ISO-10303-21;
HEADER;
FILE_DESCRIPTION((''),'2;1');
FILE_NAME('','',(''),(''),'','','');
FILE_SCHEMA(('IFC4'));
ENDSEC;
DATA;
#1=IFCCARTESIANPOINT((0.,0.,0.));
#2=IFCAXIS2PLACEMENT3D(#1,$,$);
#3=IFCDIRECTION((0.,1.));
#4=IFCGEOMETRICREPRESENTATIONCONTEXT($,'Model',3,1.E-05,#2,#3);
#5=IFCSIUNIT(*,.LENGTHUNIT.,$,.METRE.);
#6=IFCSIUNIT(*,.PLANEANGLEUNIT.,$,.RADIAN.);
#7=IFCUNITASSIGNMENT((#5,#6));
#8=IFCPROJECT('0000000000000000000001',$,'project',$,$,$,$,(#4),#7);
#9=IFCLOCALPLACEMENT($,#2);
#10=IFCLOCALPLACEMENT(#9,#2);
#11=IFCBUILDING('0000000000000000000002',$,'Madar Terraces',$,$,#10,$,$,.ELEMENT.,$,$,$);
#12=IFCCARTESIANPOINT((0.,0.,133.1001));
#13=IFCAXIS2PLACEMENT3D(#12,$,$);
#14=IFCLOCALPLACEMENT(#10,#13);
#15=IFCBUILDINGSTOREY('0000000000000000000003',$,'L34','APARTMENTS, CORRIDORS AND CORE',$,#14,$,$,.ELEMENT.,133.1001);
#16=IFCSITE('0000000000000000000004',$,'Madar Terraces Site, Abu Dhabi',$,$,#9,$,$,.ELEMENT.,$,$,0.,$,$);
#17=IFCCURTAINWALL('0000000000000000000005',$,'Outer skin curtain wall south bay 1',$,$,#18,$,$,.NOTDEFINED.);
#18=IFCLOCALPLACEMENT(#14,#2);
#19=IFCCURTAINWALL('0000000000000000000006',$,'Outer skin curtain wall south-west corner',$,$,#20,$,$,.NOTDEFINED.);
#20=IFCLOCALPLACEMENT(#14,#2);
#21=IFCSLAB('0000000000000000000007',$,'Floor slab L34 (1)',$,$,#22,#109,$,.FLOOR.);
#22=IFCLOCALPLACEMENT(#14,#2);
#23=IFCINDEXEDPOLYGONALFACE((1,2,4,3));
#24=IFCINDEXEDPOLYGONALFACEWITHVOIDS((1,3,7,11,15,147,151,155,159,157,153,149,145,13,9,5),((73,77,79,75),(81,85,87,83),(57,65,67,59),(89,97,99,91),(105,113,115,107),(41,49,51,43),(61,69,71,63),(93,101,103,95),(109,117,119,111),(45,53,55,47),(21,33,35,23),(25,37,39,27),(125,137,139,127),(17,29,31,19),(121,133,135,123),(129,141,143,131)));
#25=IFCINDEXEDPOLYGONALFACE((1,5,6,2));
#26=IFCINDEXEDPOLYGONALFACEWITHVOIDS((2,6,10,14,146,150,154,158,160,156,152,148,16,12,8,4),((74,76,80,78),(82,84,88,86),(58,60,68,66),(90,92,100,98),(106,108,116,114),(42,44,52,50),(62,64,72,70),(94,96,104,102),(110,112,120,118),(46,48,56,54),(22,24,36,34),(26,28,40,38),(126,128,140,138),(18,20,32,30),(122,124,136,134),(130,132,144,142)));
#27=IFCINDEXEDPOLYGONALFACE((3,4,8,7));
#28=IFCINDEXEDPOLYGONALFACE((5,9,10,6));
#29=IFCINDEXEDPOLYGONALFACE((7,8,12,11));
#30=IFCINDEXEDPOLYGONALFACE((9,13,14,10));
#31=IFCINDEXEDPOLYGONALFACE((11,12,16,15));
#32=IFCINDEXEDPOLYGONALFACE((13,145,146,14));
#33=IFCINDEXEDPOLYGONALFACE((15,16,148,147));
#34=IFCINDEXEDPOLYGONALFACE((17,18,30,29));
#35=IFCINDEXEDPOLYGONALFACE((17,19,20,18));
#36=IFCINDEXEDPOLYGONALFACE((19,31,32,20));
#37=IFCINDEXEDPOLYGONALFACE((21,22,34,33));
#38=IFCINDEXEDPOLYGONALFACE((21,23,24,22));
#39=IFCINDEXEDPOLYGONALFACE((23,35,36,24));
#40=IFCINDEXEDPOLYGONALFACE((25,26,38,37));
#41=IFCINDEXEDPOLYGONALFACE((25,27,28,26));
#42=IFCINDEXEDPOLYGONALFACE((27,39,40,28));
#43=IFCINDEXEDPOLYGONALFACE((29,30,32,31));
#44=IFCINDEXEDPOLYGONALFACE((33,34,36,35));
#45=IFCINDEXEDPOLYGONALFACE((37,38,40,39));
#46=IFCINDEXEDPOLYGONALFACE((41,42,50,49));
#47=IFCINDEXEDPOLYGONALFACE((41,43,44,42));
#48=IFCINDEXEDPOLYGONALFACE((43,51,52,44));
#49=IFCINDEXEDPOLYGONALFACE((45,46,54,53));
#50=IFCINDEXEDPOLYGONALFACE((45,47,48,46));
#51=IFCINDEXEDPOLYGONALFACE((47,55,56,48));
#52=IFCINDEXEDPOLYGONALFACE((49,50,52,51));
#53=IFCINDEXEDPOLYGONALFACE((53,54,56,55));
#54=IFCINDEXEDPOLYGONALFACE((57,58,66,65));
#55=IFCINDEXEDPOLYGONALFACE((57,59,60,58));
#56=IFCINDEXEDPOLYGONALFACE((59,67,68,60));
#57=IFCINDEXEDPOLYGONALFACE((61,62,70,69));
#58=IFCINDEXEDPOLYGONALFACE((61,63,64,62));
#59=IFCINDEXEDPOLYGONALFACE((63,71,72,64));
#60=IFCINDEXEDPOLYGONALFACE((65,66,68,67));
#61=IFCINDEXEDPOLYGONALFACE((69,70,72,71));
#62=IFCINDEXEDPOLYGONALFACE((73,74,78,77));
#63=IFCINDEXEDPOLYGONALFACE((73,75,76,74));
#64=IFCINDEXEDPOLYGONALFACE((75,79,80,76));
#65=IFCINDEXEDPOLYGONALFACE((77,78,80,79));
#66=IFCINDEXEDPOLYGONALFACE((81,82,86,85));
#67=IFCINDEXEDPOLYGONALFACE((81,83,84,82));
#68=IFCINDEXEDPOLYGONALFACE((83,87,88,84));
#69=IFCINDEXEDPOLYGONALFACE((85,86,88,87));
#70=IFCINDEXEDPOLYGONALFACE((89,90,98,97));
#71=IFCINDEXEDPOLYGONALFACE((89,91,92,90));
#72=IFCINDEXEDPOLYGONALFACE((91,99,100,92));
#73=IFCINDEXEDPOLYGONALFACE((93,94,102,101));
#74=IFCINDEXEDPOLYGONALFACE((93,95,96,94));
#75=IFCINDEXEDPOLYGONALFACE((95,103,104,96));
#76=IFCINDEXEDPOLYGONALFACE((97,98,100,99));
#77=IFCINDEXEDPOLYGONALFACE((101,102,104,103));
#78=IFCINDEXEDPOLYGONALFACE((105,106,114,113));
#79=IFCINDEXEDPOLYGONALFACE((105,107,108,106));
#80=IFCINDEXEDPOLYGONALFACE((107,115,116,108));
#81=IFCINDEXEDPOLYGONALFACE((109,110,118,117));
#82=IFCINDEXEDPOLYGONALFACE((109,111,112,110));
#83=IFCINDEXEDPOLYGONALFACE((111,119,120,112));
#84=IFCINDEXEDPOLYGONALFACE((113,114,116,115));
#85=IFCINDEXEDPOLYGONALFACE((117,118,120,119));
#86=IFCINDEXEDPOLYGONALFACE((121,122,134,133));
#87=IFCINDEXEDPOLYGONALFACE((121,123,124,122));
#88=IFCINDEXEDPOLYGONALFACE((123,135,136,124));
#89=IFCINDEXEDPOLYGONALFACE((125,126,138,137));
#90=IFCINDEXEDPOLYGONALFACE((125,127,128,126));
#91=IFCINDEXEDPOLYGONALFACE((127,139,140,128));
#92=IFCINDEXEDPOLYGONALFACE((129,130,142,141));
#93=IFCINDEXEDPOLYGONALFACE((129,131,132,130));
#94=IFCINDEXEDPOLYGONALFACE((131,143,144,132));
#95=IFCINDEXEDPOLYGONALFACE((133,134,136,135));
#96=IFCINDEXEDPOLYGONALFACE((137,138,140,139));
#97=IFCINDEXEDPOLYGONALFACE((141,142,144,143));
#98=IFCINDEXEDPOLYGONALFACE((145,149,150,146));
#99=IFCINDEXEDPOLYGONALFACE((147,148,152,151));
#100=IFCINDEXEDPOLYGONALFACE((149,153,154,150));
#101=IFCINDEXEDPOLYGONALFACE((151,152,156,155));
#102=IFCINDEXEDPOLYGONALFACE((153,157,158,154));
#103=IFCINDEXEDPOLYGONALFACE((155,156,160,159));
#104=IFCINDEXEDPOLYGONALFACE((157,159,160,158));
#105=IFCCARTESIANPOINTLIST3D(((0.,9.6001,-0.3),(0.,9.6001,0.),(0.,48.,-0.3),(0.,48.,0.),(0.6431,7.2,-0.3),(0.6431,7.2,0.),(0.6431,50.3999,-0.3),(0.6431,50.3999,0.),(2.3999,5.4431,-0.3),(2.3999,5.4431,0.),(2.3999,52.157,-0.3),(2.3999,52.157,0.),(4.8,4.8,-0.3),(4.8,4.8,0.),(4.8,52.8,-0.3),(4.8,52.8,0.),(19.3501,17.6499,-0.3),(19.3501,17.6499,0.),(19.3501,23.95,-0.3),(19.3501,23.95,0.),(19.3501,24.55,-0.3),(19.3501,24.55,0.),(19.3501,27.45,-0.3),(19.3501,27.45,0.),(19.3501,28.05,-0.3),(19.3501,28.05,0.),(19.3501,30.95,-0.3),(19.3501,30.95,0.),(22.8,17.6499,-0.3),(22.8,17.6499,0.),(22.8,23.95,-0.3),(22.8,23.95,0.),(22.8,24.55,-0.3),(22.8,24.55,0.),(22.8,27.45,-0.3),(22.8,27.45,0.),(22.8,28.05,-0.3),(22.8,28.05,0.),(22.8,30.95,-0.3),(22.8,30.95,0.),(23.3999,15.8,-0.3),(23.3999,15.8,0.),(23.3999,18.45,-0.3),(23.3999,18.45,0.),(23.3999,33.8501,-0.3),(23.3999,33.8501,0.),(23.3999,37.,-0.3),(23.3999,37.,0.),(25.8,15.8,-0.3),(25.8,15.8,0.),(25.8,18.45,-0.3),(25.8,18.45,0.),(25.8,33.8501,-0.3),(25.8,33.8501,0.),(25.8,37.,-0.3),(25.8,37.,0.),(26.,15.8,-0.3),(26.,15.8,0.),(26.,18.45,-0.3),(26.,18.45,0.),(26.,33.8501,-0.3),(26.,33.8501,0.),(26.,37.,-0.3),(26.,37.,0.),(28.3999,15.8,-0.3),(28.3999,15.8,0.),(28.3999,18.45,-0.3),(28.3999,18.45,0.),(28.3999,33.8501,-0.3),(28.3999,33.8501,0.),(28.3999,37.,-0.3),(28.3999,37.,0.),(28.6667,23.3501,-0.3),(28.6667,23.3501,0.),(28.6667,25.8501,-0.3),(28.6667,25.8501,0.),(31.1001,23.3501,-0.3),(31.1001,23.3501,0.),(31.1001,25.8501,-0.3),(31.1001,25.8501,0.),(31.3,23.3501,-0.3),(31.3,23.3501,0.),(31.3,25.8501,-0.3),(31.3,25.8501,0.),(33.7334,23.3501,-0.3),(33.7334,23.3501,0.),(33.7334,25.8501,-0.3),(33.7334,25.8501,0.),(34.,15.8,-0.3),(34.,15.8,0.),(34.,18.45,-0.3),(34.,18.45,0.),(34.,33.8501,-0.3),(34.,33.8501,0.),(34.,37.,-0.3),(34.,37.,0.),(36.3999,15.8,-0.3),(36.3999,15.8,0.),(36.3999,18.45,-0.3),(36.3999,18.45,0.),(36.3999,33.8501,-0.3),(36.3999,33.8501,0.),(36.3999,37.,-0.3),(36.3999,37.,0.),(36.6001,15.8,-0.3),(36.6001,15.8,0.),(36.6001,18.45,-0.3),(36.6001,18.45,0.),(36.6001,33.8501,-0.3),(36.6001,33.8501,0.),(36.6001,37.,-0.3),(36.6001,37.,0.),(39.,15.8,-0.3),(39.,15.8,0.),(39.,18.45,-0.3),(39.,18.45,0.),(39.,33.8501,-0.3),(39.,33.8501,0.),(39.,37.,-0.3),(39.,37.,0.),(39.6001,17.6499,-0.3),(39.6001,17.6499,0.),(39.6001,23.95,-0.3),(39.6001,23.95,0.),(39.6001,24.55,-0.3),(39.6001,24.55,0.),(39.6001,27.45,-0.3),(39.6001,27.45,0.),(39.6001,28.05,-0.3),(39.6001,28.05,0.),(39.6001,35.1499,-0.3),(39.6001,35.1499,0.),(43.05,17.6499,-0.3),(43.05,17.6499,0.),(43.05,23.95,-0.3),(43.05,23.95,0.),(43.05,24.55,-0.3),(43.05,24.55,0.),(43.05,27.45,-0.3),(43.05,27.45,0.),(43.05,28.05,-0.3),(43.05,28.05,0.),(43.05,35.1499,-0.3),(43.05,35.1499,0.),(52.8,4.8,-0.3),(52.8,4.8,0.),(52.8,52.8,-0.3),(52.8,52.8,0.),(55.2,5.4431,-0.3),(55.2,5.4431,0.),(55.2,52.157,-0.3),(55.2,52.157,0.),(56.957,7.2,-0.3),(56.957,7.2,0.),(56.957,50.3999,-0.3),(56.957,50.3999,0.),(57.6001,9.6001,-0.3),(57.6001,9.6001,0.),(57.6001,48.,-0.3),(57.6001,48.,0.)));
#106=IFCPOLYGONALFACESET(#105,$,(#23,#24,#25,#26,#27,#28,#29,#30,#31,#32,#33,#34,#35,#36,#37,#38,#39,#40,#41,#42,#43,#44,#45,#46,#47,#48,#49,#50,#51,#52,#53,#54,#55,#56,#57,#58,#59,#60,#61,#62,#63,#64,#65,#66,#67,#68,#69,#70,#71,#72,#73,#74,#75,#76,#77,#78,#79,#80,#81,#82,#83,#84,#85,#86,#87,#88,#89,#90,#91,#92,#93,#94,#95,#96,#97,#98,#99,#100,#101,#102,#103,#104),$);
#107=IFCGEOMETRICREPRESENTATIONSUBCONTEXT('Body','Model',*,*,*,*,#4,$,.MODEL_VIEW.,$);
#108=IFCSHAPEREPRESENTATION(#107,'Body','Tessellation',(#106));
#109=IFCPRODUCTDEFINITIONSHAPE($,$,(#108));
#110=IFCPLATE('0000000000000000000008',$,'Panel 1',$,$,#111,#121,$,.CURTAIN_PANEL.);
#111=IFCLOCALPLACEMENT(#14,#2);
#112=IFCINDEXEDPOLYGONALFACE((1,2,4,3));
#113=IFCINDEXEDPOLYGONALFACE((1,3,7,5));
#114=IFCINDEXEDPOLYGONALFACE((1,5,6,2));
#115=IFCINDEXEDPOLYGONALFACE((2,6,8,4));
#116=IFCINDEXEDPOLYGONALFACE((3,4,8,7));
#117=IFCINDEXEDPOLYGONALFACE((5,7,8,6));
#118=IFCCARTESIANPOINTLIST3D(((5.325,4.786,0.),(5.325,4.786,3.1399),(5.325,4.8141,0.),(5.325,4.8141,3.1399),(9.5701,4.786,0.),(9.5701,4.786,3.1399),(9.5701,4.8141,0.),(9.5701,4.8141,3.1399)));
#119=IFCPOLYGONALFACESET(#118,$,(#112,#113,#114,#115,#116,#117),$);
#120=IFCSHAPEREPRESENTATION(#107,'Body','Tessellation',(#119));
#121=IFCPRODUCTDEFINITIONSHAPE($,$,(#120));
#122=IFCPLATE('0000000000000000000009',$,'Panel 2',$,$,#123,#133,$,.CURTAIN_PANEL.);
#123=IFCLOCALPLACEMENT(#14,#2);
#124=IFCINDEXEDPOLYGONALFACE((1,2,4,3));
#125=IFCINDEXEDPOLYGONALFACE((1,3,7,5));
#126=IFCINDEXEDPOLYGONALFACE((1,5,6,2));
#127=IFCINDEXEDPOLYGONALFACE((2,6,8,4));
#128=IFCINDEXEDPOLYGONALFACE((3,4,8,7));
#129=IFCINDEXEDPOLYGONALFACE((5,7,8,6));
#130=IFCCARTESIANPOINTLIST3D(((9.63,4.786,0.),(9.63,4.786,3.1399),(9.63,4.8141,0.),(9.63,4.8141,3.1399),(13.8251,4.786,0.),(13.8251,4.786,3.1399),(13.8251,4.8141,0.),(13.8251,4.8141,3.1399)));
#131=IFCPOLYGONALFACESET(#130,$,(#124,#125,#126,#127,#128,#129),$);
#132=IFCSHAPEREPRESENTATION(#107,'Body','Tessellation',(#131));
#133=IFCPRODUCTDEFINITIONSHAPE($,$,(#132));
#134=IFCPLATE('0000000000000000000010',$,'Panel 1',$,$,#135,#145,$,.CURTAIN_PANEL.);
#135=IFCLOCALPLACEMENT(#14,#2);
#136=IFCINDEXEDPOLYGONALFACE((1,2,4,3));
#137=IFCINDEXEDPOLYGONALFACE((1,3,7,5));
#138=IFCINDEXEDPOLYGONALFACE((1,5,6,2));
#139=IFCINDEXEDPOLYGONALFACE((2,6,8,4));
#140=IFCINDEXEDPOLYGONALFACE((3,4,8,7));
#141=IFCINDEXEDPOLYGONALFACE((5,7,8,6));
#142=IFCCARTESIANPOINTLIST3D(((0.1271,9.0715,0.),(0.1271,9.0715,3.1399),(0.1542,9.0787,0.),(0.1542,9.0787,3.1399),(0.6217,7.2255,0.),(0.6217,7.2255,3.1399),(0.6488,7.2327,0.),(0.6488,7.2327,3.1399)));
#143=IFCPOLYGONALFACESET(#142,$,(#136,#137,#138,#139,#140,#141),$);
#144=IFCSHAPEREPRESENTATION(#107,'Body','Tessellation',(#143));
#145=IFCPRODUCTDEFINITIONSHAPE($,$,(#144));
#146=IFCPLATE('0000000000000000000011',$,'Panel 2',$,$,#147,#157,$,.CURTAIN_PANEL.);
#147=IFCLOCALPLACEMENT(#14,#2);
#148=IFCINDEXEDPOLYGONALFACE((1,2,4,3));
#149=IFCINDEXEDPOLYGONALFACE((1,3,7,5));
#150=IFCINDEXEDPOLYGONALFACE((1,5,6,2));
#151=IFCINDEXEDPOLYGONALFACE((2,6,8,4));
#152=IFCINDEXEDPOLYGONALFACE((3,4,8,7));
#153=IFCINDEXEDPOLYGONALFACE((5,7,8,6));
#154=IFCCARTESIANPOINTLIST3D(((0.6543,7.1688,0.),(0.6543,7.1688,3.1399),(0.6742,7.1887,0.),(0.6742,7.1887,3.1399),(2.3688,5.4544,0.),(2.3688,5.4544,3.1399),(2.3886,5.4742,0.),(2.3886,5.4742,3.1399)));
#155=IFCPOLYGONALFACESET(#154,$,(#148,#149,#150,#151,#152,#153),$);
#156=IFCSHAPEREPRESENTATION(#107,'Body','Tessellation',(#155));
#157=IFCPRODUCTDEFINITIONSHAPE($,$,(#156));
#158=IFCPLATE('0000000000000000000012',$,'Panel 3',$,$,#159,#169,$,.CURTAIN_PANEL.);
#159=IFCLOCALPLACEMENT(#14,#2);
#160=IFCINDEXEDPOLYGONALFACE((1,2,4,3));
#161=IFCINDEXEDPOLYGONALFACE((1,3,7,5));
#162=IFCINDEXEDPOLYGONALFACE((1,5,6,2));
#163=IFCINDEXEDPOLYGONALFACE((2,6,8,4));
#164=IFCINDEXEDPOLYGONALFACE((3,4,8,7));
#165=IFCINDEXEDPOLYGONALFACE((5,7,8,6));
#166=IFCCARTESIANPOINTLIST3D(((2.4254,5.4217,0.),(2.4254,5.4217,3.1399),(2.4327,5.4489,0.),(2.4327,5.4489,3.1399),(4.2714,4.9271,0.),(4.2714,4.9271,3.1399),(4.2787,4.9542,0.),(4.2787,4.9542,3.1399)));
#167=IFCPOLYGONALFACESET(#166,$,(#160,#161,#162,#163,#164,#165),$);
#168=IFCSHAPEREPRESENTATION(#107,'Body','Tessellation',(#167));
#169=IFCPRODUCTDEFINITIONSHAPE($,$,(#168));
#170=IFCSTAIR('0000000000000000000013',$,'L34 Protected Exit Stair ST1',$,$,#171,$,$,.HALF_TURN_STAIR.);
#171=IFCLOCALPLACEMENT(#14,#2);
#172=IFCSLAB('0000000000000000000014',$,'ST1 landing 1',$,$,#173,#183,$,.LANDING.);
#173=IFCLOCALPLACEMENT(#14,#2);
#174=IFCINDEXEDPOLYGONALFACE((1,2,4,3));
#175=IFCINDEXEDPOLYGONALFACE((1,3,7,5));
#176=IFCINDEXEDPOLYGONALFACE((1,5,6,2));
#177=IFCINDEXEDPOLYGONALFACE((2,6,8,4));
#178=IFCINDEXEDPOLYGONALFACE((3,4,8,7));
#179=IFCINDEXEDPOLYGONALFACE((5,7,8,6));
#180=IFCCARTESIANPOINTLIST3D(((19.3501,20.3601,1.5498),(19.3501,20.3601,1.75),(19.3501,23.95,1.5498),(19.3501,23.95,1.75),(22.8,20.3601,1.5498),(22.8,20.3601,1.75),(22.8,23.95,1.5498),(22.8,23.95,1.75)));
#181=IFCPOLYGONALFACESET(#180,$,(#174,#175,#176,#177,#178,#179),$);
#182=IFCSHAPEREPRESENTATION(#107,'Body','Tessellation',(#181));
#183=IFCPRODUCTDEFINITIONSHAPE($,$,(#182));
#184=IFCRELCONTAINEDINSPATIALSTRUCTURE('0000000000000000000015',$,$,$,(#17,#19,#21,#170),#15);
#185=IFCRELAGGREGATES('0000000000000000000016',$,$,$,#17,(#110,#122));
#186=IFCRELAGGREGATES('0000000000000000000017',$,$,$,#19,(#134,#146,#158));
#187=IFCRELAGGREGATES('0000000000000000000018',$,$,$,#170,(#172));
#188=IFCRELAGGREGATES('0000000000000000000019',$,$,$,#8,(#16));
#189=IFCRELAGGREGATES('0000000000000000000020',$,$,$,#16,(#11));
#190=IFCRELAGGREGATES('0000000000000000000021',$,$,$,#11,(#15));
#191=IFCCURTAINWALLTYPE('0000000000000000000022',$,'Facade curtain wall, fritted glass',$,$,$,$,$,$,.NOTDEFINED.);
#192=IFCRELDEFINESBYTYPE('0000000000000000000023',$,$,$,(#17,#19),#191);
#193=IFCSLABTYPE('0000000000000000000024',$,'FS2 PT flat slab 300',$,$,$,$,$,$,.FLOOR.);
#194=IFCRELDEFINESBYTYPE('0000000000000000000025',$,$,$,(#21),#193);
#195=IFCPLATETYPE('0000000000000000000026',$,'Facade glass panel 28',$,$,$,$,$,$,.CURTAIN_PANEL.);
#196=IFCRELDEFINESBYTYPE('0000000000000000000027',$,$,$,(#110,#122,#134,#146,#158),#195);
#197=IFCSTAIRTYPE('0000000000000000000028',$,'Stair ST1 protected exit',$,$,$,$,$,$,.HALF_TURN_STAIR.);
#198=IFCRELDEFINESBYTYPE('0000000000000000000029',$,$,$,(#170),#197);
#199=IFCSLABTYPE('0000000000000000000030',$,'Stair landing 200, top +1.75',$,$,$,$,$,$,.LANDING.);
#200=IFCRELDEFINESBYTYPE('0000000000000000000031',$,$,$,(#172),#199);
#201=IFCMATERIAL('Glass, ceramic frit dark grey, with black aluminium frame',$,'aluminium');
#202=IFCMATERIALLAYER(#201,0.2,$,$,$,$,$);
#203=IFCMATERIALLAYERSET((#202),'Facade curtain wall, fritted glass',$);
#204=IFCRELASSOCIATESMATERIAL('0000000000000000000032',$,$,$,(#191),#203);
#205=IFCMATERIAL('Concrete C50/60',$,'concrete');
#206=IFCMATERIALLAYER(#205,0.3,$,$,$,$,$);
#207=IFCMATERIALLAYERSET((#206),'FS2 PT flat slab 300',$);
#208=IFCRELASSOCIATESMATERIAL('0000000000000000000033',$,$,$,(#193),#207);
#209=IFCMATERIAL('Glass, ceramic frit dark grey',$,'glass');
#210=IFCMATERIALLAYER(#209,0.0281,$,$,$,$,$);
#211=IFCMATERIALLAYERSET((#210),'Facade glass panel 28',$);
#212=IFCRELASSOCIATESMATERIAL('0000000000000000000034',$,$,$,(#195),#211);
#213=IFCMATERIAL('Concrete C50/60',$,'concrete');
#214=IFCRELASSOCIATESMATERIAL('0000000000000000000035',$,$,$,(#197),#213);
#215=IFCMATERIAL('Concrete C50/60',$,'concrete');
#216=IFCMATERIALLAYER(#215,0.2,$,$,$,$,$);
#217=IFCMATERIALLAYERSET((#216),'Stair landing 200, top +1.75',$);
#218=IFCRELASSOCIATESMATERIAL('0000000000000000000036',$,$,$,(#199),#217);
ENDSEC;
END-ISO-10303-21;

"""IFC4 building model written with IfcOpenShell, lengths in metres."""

from ifc_helpers import new_model, si_unit, direction, frame, origin, origin_2d, place, context, subcontext, project, spatial, polyline, rectangle, outline, extrude, material, layer, layer_set, type_object, element, aggregate, save


model = new_model("IFC4")

# Units and contexts
model_context = context("Model", 3, precision=1e-05, world=origin(), true_north=direction((0.0, 1.0)))
body_context = subcontext(model_context, "Body", "Model", "MODEL_VIEW")
ifc_project = project(units=[si_unit("LENGTHUNIT", "METRE"), si_unit("PLANEANGLEUNIT", "RADIAN")], contexts=[model_context])

# Site, building, storey
site_placement = place(None, origin())
site = spatial("IfcSite", under=ifc_project, at=site_placement, Name="Madar Terraces Site, Abu Dhabi", CompositionType="ELEMENT", RefElevation=0.0)
building_placement = place(site_placement, origin())
building = spatial("IfcBuilding", under=site, at=building_placement, Name="Madar Terraces", CompositionType="ELEMENT")
storey_placement = place(building_placement, frame((0.0, 0.0, 133.1001)))
storey = spatial("IfcBuildingStorey", under=building, at=storey_placement, Name="L34", Description="APARTMENTS, CORRIDORS AND CORE", CompositionType="ELEMENT", Elevation=133.1001)

# Curtain wall
ifc_material_1 = material(Name="Glass, ceramic frit dark grey, with black aluminium frame", Category="aluminium")
ifc_layer_1 = layer(ifc_material_1, 0.2)
ifc_layer_set_1 = layer_set([ifc_layer_1], Name="Facade curtain wall, fritted glass")
curtain_wall_type = type_object("IfcCurtainWallType", Name="Facade curtain wall, fritted glass", PredefinedType="NOTDEFINED", material=ifc_layer_set_1)
curtain_wall_1_placement = place(storey_placement, origin())
curtain_wall_1 = element("IfcCurtainWall", 1, at=curtain_wall_1_placement, inside=storey, type_object=curtain_wall_type, Name="Outer skin curtain wall south bay 1", PredefinedType="NOTDEFINED")

# Curtain wall
curtain_wall_2_placement = place(storey_placement, origin())
curtain_wall_2 = element("IfcCurtainWall", 2, at=curtain_wall_2_placement, inside=storey, type_object=curtain_wall_type, Name="Outer skin curtain wall south-west corner", PredefinedType="NOTDEFINED")

# Slab
ifc_material_2 = material(Name="Concrete C50/60", Category="concrete")
ifc_layer_2 = layer(ifc_material_2, 0.3)
ifc_layer_set_2 = layer_set([ifc_layer_2], Name="FS2 PT flat slab 300")
slab_type_1 = type_object("IfcSlabType", Name="FS2 PT flat slab 300", PredefinedType="FLOOR", material=ifc_layer_set_2)
slab_1_placement = place(storey_placement, frame((0.0, 0.0, -0.3)))
element("IfcSlab", 3, at=slab_1_placement, inside=storey, type_object=slab_type_1, Name="Floor slab L34 (1)", PredefinedType="FLOOR", context=body_context, shape_type="SweptSolid", body=[
    extrude(outline(polyline([(52.8, 4.8), (55.2, 5.4431), (56.957, 7.2), (57.6001, 9.6001), (57.6001, 48.0), (56.957, 50.3999), (55.2, 52.157), (52.8, 52.8), (4.8, 52.8), (2.3999, 52.157), (0.6431, 50.3999), (0.0, 48.0), (0.0, 9.6001), (0.6431, 7.2), (2.3999, 5.4431), (4.8, 4.8), (52.8, 4.8)]), holes=[polyline([(23.3999, 15.8), (23.3999, 18.45), (25.8, 18.45), (25.8, 15.8), (23.3999, 15.8)]), polyline([(26.0, 15.8), (26.0, 18.45), (28.3999, 18.45), (28.3999, 15.8), (26.0, 15.8)]), polyline([(19.3501, 17.6499), (19.3501, 23.95), (22.8, 23.95), (22.8, 17.6499), (19.3501, 17.6499)]), polyline([(28.6667, 23.3501), (28.6667, 25.8501), (31.1001, 25.8501), (31.1001, 23.3501), (28.6667, 23.3501)]), polyline([(19.3501, 24.55), (19.3501, 27.45), (22.8, 27.45), (22.8, 24.55), (19.3501, 24.55)]), polyline([(19.3501, 28.05), (19.3501, 30.95), (22.8, 30.95), (22.8, 28.05), (19.3501, 28.05)]), polyline([(23.3999, 33.8501), (23.3999, 37.0), (25.8, 37.0), (25.8, 33.8501), (23.3999, 33.8501)]), polyline([(26.0, 33.8501), (26.0, 37.0), (28.3999, 37.0), (28.3999, 33.8501), (26.0, 33.8501)]), polyline([(34.0, 15.8), (34.0, 18.45), (36.3999, 18.45), (36.3999, 15.8), (34.0, 15.8)]), polyline([(36.6001, 15.8), (36.6001, 18.45), (39.0, 18.45), (39.0, 15.8), (36.6001, 15.8)]), polyline([(39.6001, 17.6499), (39.6001, 23.95), (43.05, 23.95), (43.05, 17.6499), (39.6001, 17.6499)]), polyline([(31.3, 23.3501), (31.3, 25.8501), (33.7334, 25.8501), (33.7334, 23.3501), (31.3, 23.3501)]), polyline([(39.6001, 24.55), (39.6001, 27.45), (43.05, 27.45), (43.05, 24.55), (39.6001, 24.55)]), polyline([(39.6001, 28.05), (39.6001, 35.1499), (43.05, 35.1499), (43.05, 28.05), (39.6001, 28.05)]), polyline([(34.0, 33.8501), (34.0, 37.0), (36.3999, 37.0), (36.3999, 33.8501), (34.0, 33.8501)]), polyline([(36.6001, 33.8501), (36.6001, 37.0), (39.0, 37.0), (39.0, 33.8501), (36.6001, 33.8501)])]), origin(), (0.0, 0.0, 1.0), 0.3),
])

# Plates
ifc_material_3 = material(Name="Glass, ceramic frit dark grey", Category="glass")
ifc_layer_3 = layer(ifc_material_3, 0.0281)
ifc_layer_set_3 = layer_set([ifc_layer_3], Name="Facade glass panel 28")
plate_type = type_object("IfcPlateType", Name="Facade glass panel 28", PredefinedType="CURTAIN_PANEL", material=ifc_layer_set_3)
plate_1_placement = place(storey_placement, frame((7.4475, 4.8, 0.0), z_axis=(0.0, 0.0, 1.0), x_axis=(1.0, 0.0, 0.0)))
plate_1 = element("IfcPlate", 4, at=plate_1_placement, type_object=plate_type, Name="Panel 1", PredefinedType="CURTAIN_PANEL", context=body_context, shape_type="SweptSolid", body=[
    extrude(rectangle(XDim=4.2451, YDim=0.0281, at=origin_2d()), origin(), (0.0, 0.0, 1.0), 3.1399),
])
plate_2_placement = place(storey_placement, frame((11.7275, 4.8, 0.0), z_axis=(0.0, 0.0, 1.0), x_axis=(1.0, 0.0, 0.0)))
plate_2 = element("IfcPlate", 5, at=plate_2_placement, type_object=plate_type, Name="Panel 2", PredefinedType="CURTAIN_PANEL", context=body_context, shape_type="SweptSolid", body=[
    extrude(rectangle(XDim=4.1951, YDim=0.0281, at=origin_2d()), origin(), (0.0, 0.0, 1.0), 3.1399),
])
aggregate(curtain_wall_1, [plate_1, plate_2])
plate_3_placement = place(storey_placement, frame((0.3879, 8.1521, 0.0), z_axis=(0.0, 0.0, 1.0), x_axis=(0.258819, -0.965926, 0.0)))
plate_3 = element("IfcPlate", 6, at=plate_3_placement, type_object=plate_type, Name="Panel 1", PredefinedType="CURTAIN_PANEL", context=body_context, shape_type="SweptSolid", body=[
    extrude(rectangle(XDim=1.9111, YDim=0.0281, at=origin_2d()), origin(), (0.0, 0.0, 1.0), 3.1399),
])
plate_4_placement = place(storey_placement, frame((1.5215, 6.3215, 0.0), z_axis=(0.0, 0.0, 1.0), x_axis=(0.707107, -0.707107, 0.0)))
plate_4 = element("IfcPlate", 7, at=plate_4_placement, type_object=plate_type, Name="Panel 2", PredefinedType="CURTAIN_PANEL", context=body_context, shape_type="SweptSolid", body=[
    extrude(rectangle(XDim=2.4246, YDim=0.0281, at=origin_2d()), origin(), (0.0, 0.0, 1.0), 3.1399),
])
plate_5_placement = place(storey_placement, frame((3.3521, 5.188, 0.0), z_axis=(0.0, 0.0, 1.0), x_axis=(0.965926, -0.258819, 0.0)))
plate_5 = element("IfcPlate", 8, at=plate_5_placement, type_object=plate_type, Name="Panel 3", PredefinedType="CURTAIN_PANEL", context=body_context, shape_type="SweptSolid", body=[
    extrude(rectangle(XDim=1.9111, YDim=0.0281, at=origin_2d()), origin(), (0.0, 0.0, 1.0), 3.1399),
])
aggregate(curtain_wall_2, [plate_3, plate_4, plate_5])

# Stair, slab
ifc_material_4 = material(Name="Concrete C50/60", Category="concrete")
stair_type_1 = type_object("IfcStairType", Name="Stair ST1 protected exit", PredefinedType="HALF_TURN_STAIR", material=ifc_material_4)
stair_1_placement = place(storey_placement, origin())
stair_1 = element("IfcStair", 9, at=stair_1_placement, inside=storey, type_object=stair_type_1, Name="L34 Protected Exit Stair ST1", PredefinedType="HALF_TURN_STAIR")
ifc_material_5 = material(Name="Concrete C50/60", Category="concrete")
ifc_layer_4 = layer(ifc_material_5, 0.2)
ifc_layer_set_4 = layer_set([ifc_layer_4], Name="Stair landing 200, top +1.75")
slab_type_2 = type_object("IfcSlabType", Name="Stair landing 200, top +1.75", PredefinedType="LANDING", material=ifc_layer_set_4)
slab_2_placement = place(storey_placement, frame((0.0, 0.0, 1.5498)))
slab_2 = element("IfcSlab", 10, at=slab_2_placement, type_object=slab_type_2, Name="ST1 landing 1", PredefinedType="LANDING", context=body_context, shape_type="SweptSolid", body=[
    extrude(outline(polyline([(19.3501, 20.3601), (22.8, 20.3601), (22.8, 23.95), (19.3501, 23.95), (19.3501, 20.3601)])), origin(), (0.0, 0.0, 1.0), 0.2002),
])
aggregate(stair_1, [slab_2])

save(model, "model.ifc")
